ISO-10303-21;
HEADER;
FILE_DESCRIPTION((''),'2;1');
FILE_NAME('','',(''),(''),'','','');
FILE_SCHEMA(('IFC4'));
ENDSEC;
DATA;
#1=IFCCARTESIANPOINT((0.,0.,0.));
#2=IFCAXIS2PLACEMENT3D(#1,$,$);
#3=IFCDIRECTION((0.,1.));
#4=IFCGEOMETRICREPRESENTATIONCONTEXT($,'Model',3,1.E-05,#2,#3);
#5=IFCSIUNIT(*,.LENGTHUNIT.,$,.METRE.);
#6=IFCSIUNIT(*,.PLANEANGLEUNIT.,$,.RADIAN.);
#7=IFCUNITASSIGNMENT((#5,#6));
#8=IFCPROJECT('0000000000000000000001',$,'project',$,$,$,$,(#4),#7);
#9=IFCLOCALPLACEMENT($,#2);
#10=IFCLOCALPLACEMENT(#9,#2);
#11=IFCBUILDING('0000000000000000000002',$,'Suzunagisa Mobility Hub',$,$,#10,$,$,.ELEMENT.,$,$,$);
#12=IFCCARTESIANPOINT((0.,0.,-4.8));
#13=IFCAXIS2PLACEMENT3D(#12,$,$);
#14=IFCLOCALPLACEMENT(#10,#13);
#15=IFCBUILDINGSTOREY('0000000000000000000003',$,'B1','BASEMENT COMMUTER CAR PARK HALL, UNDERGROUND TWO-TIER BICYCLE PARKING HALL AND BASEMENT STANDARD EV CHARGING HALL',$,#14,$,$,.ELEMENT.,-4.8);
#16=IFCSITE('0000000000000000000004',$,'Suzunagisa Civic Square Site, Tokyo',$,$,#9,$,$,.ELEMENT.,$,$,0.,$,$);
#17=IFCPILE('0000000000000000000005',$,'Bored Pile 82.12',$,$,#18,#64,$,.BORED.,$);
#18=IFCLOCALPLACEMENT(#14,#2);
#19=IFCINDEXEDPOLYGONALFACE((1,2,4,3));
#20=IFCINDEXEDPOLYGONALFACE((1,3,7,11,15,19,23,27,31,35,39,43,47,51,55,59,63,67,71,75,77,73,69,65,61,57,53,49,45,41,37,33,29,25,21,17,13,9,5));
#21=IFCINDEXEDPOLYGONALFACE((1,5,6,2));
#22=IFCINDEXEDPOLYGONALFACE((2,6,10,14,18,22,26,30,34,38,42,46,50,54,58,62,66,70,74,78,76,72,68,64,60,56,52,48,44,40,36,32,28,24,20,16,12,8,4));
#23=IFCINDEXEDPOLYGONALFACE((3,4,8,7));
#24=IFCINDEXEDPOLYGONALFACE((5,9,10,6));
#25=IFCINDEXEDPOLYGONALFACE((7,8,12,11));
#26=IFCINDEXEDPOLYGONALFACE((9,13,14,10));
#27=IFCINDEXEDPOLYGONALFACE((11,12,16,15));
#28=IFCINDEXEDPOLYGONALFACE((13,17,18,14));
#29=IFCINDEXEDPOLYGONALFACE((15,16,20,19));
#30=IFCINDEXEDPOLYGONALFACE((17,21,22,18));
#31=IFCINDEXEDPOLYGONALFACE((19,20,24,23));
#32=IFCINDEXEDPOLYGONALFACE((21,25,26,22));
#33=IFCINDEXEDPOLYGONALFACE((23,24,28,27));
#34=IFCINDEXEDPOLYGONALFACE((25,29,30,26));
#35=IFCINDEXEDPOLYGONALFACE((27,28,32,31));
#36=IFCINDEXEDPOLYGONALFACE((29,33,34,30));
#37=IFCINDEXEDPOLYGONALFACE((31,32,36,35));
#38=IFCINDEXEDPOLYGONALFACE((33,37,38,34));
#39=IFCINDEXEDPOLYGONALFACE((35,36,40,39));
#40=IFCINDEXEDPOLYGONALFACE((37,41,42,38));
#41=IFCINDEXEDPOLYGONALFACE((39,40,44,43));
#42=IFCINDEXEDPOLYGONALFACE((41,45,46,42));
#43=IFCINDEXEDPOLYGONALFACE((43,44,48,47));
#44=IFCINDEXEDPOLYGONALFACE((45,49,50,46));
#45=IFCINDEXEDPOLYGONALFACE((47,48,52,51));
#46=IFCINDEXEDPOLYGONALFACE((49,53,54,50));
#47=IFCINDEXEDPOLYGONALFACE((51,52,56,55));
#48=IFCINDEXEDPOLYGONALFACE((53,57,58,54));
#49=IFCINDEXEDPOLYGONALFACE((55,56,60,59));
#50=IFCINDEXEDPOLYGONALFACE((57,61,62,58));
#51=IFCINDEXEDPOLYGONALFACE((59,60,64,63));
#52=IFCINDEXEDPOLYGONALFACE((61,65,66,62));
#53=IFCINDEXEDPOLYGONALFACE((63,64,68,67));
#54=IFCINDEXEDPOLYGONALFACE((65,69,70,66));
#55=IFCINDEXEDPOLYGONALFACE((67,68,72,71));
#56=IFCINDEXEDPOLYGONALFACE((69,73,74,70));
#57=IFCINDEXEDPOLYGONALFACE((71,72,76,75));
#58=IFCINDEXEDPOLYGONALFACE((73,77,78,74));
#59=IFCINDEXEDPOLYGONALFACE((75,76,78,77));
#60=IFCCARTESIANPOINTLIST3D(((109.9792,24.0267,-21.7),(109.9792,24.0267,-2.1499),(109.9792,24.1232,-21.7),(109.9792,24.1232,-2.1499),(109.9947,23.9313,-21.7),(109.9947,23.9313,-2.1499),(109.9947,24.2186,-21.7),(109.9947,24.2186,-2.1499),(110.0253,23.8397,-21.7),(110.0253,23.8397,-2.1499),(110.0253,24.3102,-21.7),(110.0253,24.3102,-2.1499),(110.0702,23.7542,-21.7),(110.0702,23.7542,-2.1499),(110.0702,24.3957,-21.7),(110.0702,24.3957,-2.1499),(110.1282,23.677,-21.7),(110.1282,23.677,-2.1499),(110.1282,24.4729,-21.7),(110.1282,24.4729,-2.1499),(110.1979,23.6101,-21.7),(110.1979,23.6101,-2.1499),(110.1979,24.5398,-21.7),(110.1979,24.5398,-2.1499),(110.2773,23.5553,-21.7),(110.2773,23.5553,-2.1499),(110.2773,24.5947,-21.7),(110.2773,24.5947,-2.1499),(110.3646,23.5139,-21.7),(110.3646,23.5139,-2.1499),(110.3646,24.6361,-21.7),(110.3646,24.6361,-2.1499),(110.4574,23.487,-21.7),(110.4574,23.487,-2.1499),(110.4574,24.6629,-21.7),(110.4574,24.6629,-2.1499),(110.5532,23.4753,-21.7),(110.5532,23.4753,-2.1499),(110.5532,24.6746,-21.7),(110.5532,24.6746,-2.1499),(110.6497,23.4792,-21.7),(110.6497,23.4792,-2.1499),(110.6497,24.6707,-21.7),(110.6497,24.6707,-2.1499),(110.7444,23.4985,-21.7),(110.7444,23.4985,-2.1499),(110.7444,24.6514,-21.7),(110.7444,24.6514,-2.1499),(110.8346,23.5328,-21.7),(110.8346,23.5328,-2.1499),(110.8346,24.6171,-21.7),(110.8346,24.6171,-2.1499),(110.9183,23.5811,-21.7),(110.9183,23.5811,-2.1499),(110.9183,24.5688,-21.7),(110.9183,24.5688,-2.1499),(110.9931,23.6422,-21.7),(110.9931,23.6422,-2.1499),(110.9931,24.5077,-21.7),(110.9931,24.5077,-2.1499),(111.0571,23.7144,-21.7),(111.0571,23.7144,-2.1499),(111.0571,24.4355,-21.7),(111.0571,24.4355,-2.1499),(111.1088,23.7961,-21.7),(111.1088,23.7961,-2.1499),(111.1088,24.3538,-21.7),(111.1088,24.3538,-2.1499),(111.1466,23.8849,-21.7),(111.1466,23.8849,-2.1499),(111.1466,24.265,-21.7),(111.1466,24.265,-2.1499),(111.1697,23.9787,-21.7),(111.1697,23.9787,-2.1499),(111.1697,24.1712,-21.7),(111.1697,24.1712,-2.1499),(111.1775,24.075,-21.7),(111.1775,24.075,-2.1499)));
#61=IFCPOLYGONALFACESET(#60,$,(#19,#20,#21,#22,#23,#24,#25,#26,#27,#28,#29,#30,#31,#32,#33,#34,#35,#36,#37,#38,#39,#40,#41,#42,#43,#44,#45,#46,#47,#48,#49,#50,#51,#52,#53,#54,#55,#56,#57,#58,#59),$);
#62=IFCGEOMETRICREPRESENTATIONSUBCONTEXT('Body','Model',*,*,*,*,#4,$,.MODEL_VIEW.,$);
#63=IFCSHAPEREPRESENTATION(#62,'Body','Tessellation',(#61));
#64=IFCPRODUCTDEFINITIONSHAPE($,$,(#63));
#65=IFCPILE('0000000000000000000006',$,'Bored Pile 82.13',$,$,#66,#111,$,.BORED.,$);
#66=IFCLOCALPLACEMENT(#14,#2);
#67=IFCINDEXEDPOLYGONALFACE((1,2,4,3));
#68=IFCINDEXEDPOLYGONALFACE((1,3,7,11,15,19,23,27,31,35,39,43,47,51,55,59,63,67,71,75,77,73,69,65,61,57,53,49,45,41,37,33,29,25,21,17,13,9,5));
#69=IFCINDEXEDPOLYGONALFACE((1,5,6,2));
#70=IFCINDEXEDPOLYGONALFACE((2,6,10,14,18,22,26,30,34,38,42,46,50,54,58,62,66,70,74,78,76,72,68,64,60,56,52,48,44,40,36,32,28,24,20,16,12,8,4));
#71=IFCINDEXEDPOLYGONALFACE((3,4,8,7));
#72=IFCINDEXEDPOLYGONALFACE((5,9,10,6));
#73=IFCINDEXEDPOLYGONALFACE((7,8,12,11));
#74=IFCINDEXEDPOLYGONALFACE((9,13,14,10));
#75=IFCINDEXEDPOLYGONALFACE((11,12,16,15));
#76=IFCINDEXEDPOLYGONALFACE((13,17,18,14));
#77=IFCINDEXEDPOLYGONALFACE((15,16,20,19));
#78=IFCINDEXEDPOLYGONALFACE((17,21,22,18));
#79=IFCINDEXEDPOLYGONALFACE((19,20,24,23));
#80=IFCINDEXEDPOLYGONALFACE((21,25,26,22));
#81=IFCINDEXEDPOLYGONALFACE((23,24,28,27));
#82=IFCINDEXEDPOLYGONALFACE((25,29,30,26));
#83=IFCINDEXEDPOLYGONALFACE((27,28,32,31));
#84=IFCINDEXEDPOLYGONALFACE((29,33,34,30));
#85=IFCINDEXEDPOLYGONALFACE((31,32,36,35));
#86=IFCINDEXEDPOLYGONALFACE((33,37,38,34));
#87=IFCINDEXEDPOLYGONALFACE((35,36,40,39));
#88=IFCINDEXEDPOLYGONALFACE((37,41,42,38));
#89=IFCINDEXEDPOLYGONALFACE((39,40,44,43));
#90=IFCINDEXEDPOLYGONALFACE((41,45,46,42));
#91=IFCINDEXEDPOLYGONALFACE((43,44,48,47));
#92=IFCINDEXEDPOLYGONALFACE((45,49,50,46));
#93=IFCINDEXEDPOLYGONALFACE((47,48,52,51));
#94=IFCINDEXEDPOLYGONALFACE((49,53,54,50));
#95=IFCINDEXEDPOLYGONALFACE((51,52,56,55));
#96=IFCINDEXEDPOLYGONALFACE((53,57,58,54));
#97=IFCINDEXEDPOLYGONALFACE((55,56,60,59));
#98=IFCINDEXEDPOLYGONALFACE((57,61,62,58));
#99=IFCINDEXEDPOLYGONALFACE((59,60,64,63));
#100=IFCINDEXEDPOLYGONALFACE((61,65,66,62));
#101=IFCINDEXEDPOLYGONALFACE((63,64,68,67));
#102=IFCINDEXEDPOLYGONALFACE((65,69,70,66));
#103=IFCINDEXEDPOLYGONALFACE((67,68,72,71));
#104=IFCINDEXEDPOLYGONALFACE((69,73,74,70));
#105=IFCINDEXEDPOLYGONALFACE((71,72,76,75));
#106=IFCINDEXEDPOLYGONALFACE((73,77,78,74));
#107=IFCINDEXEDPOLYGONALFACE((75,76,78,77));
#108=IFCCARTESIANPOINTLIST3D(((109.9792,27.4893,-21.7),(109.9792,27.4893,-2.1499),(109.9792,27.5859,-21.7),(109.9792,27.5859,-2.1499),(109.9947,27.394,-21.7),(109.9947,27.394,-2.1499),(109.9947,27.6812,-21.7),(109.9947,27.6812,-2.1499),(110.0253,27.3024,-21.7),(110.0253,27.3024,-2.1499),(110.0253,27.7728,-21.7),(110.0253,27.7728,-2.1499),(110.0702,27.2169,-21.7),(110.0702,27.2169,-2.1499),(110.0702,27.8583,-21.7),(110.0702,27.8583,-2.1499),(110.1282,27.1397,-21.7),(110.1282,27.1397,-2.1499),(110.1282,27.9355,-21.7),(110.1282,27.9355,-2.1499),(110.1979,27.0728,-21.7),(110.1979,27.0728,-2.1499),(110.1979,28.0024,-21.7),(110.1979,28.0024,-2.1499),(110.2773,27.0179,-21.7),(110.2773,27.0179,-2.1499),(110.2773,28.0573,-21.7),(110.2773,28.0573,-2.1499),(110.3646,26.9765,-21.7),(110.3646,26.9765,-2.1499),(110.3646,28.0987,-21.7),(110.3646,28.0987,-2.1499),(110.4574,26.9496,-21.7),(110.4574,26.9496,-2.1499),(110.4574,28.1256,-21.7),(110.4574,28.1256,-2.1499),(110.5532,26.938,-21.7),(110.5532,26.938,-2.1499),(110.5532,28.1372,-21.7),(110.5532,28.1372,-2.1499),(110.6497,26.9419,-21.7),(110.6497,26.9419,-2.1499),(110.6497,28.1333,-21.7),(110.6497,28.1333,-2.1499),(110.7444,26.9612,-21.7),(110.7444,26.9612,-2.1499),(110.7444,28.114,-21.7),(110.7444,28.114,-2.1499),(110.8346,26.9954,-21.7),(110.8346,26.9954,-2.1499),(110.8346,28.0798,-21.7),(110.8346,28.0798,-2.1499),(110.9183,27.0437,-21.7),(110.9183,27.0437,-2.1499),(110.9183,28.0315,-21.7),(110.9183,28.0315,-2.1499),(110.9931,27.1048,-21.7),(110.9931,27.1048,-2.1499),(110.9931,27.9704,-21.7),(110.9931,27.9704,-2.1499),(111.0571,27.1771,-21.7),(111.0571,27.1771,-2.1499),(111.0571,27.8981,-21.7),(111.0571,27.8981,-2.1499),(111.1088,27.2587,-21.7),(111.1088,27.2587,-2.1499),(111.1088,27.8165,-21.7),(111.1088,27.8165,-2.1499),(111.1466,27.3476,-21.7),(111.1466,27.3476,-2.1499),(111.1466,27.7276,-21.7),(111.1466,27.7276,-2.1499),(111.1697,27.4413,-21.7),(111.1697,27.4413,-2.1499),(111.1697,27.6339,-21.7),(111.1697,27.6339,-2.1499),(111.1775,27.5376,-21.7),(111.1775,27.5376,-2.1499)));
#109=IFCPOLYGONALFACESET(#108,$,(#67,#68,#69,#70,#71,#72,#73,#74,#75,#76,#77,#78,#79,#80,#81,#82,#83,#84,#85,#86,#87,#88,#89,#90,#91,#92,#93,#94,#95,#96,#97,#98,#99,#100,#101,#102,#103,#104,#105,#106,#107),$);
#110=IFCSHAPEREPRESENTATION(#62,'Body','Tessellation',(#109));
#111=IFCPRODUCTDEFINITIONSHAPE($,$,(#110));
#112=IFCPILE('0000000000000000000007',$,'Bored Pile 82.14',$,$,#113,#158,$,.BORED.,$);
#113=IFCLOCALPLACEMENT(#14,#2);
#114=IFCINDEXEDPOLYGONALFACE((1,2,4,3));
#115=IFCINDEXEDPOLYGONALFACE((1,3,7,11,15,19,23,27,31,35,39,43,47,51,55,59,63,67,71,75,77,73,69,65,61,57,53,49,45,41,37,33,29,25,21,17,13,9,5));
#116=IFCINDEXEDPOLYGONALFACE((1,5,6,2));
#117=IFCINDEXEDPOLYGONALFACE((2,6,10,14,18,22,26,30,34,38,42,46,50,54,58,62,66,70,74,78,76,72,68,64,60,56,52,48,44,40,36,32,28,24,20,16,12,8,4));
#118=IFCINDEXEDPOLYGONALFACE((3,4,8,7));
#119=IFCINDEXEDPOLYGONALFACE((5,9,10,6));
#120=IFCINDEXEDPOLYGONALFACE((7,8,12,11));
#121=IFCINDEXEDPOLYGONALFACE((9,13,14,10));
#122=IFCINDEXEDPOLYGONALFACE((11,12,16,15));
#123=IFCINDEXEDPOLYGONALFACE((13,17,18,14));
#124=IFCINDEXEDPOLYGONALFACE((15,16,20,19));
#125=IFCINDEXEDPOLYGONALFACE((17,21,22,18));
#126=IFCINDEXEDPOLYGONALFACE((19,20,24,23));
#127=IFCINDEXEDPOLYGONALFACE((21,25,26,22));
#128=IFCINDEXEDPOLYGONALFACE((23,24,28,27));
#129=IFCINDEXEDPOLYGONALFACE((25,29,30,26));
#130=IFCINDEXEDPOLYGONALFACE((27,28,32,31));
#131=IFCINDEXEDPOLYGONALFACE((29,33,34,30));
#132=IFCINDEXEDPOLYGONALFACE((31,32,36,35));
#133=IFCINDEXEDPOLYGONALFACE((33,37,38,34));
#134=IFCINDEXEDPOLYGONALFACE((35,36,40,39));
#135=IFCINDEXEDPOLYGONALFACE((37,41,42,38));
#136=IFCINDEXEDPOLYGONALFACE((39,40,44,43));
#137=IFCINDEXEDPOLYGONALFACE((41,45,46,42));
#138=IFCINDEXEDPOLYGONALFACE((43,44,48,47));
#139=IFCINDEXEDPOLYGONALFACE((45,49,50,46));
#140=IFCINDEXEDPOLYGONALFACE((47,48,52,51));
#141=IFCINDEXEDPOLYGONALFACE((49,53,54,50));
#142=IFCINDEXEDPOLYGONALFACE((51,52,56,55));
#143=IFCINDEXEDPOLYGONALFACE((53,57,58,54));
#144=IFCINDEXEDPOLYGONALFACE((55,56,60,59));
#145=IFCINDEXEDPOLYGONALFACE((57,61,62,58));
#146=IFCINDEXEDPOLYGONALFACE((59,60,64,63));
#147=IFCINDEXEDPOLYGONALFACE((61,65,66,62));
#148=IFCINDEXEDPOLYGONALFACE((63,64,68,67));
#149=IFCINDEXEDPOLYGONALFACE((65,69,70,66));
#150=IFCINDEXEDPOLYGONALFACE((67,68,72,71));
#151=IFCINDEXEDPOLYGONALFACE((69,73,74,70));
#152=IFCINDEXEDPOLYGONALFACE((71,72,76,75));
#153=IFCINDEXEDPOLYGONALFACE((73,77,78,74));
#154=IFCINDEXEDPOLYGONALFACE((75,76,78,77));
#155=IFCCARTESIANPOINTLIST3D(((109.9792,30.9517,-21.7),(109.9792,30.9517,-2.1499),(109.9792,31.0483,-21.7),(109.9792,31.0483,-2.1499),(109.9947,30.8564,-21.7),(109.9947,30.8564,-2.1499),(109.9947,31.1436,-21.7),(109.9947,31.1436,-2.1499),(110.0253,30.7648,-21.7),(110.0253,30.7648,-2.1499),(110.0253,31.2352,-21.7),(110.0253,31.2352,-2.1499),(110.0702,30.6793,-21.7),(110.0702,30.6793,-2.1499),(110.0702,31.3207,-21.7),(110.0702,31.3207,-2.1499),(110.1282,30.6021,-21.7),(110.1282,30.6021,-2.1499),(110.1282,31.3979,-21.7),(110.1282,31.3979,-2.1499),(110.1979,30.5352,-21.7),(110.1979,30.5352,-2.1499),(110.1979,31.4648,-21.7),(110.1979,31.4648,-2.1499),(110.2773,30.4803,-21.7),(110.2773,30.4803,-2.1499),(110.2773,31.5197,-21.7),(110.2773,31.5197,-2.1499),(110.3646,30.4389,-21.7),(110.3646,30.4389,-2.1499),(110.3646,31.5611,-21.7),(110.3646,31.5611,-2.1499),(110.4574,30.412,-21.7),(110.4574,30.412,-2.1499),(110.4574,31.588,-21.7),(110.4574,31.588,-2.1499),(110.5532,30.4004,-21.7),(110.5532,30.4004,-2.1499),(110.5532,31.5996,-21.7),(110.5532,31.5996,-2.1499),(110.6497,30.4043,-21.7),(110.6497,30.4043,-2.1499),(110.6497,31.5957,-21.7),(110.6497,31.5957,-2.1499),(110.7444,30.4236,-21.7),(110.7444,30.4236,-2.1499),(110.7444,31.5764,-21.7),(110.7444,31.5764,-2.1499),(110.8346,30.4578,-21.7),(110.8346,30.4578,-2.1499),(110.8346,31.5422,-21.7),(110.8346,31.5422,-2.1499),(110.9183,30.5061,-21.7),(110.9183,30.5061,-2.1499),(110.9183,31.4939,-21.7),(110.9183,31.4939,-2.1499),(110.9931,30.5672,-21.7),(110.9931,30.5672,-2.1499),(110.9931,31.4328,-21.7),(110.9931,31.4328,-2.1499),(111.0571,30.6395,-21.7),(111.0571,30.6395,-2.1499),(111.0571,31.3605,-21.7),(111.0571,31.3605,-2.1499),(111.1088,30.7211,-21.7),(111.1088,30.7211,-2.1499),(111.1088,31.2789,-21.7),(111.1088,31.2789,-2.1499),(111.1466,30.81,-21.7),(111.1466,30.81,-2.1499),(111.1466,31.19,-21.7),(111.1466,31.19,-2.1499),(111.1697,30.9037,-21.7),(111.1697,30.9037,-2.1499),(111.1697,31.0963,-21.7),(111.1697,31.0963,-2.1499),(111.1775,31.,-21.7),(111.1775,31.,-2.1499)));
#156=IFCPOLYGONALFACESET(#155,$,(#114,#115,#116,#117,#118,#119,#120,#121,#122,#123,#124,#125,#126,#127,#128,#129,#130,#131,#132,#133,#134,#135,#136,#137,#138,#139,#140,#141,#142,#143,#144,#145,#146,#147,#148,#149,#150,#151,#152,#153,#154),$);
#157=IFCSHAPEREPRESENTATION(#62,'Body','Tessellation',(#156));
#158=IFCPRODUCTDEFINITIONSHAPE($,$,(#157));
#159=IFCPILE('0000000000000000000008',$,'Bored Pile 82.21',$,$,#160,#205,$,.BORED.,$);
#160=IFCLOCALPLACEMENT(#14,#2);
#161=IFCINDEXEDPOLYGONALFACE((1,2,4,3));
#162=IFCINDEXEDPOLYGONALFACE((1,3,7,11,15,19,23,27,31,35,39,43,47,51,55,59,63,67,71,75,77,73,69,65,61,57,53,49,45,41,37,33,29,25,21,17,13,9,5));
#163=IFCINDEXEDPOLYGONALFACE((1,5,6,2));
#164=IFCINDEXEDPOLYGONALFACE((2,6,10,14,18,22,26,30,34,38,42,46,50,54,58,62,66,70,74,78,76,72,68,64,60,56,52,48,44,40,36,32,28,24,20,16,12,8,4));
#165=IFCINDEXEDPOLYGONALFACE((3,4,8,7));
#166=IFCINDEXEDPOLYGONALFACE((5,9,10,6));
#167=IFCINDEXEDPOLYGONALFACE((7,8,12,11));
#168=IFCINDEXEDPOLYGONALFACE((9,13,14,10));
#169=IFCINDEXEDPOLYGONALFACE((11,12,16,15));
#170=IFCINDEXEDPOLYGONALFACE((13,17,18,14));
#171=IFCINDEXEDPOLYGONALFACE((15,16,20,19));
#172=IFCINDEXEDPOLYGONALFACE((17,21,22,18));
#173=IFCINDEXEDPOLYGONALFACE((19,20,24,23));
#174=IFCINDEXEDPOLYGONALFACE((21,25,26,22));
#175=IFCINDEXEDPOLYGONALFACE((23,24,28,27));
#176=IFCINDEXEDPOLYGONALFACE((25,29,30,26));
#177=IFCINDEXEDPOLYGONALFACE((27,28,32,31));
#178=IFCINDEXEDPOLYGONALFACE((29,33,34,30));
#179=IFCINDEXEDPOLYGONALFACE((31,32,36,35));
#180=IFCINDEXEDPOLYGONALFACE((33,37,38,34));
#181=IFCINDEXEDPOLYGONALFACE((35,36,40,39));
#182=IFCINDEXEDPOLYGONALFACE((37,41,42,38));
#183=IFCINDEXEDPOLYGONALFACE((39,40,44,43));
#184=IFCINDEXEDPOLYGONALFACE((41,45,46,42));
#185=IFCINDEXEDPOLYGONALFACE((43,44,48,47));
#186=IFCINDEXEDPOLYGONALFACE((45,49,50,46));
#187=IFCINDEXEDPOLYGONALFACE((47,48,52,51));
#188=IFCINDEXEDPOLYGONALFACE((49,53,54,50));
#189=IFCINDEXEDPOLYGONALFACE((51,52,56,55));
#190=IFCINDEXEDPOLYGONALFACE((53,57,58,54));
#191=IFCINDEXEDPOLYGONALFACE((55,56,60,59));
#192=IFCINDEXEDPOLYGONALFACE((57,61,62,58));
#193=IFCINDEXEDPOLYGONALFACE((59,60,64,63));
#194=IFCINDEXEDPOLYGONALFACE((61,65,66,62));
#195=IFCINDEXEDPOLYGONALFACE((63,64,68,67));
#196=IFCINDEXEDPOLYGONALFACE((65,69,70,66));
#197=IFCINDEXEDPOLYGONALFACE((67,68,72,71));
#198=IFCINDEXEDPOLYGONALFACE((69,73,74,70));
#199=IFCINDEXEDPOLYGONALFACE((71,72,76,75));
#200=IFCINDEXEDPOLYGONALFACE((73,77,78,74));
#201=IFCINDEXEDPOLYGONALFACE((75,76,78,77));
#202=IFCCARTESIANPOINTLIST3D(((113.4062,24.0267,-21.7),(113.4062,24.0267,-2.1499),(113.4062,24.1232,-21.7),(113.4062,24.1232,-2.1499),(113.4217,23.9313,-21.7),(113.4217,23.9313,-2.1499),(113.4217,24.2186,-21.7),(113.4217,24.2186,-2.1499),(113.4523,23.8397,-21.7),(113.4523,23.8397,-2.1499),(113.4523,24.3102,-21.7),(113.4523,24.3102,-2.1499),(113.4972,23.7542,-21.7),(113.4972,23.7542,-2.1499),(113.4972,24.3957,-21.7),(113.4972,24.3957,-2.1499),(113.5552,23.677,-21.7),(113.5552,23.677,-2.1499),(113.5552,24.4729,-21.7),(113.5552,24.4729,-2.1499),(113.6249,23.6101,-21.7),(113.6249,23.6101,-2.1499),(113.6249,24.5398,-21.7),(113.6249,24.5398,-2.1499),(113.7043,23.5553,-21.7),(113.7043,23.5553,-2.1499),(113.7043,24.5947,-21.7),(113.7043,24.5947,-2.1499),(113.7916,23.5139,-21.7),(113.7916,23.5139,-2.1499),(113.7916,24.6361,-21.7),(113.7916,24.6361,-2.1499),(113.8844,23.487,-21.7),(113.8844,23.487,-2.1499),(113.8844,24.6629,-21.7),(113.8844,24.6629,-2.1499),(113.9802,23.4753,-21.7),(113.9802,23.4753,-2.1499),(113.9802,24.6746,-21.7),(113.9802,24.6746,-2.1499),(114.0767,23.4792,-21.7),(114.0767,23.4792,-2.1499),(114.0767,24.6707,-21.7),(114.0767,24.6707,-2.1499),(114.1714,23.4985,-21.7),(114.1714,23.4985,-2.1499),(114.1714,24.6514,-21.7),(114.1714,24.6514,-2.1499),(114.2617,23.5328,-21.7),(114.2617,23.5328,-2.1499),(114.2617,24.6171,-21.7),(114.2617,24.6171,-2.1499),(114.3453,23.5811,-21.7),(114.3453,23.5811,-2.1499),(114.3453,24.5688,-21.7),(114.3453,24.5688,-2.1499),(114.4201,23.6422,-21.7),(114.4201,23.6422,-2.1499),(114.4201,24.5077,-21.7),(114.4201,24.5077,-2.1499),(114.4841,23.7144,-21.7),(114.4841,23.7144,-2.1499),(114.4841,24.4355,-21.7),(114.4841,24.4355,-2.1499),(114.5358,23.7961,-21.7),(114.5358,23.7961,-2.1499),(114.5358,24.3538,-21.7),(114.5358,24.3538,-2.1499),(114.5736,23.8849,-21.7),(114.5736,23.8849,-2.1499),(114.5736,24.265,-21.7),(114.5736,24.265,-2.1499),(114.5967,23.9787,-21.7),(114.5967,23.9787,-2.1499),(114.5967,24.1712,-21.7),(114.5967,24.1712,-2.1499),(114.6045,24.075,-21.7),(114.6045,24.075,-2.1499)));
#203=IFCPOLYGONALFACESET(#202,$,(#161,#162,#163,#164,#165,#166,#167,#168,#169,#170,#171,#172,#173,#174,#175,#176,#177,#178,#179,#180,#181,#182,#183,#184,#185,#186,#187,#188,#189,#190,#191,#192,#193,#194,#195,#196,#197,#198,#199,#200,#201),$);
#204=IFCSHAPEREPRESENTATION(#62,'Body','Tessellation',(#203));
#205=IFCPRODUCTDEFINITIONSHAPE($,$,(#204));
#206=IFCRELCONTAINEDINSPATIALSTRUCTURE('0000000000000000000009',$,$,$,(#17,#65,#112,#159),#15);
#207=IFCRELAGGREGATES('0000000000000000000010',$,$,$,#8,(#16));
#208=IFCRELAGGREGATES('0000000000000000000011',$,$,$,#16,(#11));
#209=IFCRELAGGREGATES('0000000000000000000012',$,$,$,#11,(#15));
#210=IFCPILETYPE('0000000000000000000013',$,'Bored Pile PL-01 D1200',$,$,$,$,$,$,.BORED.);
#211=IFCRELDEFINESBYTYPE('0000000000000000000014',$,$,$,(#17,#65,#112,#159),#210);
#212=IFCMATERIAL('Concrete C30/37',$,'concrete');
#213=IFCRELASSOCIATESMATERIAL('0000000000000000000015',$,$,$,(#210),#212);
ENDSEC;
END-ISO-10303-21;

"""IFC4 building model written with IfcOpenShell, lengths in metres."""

from ifc_helpers import new_model, si_unit, direction, frame, origin, origin_2d, place, context, subcontext, project, spatial, circle, extrude, material, material_profile, profile_set, type_object, element, save


model = new_model("IFC4")

# Units and contexts
model_context = context("Model", 3, precision=1e-05, world=origin(), true_north=direction((0.0, 1.0)))
body_context = subcontext(model_context, "Body", "Model", "MODEL_VIEW")
ifc_project = project(units=[si_unit("LENGTHUNIT", "METRE"), si_unit("PLANEANGLEUNIT", "RADIAN")], contexts=[model_context])

# Site, building, storey
site_placement = place(None, origin())
site = spatial("IfcSite", under=ifc_project, at=site_placement, Name="Suzunagisa Civic Square Site, Tokyo", CompositionType="ELEMENT", RefElevation=0.0)
building_placement = place(site_placement, origin())
building = spatial("IfcBuilding", under=site, at=building_placement, Name="Suzunagisa Mobility Hub", CompositionType="ELEMENT")
storey_placement = place(building_placement, frame((0.0, 0.0, -4.8)))
storey = spatial("IfcBuildingStorey", under=building, at=storey_placement, Name="B1", Description="BASEMENT COMMUTER CAR PARK HALL, UNDERGROUND TWO-TIER BICYCLE PARKING HALL AND BASEMENT STANDARD EV CHARGING HALL", CompositionType="ELEMENT", Elevation=-4.8)

# Piles
ifc_material_1 = material(Name="Concrete C30/37", Category="concrete")
ifc_material_profile_1 = material_profile(ifc_material_1, circle(Radius=0.6001, at=origin_2d()), Name="BORED PILE D1200")
ifc_profile_set_1 = profile_set([ifc_material_profile_1], Name="Concrete C30/37")
pile_type = type_object("IfcPileType", Name="Bored Pile PL-01 D1200", PredefinedType="BORED", material=ifc_profile_set_1)
for number, where, z_axis, x_axis, name in (
    (1, (110.5774, 24.075, -2.1499), (0.0, 0.0, -1.0), (1.0, 0.0, 0.0), "Bored Pile 82.12"),
    (2, (110.5774, 27.5376, -2.1499), (0.0, 0.0, -1.0), (1.0, 0.0, 0.0), "Bored Pile 82.13"),
    (3, (110.5774, 31.0, -2.1499), (0.0, 0.0, -1.0), (1.0, 0.0, 0.0), "Bored Pile 82.14"),
    (4, (114.0044, 24.075, -2.1499), (0.0, 0.0, -1.0), (1.0, 0.0, 0.0), "Bored Pile 82.21"),
):
    element("IfcPile", number, at=place(storey_placement, frame(where, z_axis=z_axis, x_axis=x_axis)), inside=storey, type_object=pile_type, Name=name, PredefinedType="BORED", context=body_context, shape_type="SweptSolid", body=[
        extrude(circle(Radius=0.6001, at=origin_2d()), origin(), (0.0, 0.0, 1.0), 19.55),
    ])

save(model, "model.ifc")
